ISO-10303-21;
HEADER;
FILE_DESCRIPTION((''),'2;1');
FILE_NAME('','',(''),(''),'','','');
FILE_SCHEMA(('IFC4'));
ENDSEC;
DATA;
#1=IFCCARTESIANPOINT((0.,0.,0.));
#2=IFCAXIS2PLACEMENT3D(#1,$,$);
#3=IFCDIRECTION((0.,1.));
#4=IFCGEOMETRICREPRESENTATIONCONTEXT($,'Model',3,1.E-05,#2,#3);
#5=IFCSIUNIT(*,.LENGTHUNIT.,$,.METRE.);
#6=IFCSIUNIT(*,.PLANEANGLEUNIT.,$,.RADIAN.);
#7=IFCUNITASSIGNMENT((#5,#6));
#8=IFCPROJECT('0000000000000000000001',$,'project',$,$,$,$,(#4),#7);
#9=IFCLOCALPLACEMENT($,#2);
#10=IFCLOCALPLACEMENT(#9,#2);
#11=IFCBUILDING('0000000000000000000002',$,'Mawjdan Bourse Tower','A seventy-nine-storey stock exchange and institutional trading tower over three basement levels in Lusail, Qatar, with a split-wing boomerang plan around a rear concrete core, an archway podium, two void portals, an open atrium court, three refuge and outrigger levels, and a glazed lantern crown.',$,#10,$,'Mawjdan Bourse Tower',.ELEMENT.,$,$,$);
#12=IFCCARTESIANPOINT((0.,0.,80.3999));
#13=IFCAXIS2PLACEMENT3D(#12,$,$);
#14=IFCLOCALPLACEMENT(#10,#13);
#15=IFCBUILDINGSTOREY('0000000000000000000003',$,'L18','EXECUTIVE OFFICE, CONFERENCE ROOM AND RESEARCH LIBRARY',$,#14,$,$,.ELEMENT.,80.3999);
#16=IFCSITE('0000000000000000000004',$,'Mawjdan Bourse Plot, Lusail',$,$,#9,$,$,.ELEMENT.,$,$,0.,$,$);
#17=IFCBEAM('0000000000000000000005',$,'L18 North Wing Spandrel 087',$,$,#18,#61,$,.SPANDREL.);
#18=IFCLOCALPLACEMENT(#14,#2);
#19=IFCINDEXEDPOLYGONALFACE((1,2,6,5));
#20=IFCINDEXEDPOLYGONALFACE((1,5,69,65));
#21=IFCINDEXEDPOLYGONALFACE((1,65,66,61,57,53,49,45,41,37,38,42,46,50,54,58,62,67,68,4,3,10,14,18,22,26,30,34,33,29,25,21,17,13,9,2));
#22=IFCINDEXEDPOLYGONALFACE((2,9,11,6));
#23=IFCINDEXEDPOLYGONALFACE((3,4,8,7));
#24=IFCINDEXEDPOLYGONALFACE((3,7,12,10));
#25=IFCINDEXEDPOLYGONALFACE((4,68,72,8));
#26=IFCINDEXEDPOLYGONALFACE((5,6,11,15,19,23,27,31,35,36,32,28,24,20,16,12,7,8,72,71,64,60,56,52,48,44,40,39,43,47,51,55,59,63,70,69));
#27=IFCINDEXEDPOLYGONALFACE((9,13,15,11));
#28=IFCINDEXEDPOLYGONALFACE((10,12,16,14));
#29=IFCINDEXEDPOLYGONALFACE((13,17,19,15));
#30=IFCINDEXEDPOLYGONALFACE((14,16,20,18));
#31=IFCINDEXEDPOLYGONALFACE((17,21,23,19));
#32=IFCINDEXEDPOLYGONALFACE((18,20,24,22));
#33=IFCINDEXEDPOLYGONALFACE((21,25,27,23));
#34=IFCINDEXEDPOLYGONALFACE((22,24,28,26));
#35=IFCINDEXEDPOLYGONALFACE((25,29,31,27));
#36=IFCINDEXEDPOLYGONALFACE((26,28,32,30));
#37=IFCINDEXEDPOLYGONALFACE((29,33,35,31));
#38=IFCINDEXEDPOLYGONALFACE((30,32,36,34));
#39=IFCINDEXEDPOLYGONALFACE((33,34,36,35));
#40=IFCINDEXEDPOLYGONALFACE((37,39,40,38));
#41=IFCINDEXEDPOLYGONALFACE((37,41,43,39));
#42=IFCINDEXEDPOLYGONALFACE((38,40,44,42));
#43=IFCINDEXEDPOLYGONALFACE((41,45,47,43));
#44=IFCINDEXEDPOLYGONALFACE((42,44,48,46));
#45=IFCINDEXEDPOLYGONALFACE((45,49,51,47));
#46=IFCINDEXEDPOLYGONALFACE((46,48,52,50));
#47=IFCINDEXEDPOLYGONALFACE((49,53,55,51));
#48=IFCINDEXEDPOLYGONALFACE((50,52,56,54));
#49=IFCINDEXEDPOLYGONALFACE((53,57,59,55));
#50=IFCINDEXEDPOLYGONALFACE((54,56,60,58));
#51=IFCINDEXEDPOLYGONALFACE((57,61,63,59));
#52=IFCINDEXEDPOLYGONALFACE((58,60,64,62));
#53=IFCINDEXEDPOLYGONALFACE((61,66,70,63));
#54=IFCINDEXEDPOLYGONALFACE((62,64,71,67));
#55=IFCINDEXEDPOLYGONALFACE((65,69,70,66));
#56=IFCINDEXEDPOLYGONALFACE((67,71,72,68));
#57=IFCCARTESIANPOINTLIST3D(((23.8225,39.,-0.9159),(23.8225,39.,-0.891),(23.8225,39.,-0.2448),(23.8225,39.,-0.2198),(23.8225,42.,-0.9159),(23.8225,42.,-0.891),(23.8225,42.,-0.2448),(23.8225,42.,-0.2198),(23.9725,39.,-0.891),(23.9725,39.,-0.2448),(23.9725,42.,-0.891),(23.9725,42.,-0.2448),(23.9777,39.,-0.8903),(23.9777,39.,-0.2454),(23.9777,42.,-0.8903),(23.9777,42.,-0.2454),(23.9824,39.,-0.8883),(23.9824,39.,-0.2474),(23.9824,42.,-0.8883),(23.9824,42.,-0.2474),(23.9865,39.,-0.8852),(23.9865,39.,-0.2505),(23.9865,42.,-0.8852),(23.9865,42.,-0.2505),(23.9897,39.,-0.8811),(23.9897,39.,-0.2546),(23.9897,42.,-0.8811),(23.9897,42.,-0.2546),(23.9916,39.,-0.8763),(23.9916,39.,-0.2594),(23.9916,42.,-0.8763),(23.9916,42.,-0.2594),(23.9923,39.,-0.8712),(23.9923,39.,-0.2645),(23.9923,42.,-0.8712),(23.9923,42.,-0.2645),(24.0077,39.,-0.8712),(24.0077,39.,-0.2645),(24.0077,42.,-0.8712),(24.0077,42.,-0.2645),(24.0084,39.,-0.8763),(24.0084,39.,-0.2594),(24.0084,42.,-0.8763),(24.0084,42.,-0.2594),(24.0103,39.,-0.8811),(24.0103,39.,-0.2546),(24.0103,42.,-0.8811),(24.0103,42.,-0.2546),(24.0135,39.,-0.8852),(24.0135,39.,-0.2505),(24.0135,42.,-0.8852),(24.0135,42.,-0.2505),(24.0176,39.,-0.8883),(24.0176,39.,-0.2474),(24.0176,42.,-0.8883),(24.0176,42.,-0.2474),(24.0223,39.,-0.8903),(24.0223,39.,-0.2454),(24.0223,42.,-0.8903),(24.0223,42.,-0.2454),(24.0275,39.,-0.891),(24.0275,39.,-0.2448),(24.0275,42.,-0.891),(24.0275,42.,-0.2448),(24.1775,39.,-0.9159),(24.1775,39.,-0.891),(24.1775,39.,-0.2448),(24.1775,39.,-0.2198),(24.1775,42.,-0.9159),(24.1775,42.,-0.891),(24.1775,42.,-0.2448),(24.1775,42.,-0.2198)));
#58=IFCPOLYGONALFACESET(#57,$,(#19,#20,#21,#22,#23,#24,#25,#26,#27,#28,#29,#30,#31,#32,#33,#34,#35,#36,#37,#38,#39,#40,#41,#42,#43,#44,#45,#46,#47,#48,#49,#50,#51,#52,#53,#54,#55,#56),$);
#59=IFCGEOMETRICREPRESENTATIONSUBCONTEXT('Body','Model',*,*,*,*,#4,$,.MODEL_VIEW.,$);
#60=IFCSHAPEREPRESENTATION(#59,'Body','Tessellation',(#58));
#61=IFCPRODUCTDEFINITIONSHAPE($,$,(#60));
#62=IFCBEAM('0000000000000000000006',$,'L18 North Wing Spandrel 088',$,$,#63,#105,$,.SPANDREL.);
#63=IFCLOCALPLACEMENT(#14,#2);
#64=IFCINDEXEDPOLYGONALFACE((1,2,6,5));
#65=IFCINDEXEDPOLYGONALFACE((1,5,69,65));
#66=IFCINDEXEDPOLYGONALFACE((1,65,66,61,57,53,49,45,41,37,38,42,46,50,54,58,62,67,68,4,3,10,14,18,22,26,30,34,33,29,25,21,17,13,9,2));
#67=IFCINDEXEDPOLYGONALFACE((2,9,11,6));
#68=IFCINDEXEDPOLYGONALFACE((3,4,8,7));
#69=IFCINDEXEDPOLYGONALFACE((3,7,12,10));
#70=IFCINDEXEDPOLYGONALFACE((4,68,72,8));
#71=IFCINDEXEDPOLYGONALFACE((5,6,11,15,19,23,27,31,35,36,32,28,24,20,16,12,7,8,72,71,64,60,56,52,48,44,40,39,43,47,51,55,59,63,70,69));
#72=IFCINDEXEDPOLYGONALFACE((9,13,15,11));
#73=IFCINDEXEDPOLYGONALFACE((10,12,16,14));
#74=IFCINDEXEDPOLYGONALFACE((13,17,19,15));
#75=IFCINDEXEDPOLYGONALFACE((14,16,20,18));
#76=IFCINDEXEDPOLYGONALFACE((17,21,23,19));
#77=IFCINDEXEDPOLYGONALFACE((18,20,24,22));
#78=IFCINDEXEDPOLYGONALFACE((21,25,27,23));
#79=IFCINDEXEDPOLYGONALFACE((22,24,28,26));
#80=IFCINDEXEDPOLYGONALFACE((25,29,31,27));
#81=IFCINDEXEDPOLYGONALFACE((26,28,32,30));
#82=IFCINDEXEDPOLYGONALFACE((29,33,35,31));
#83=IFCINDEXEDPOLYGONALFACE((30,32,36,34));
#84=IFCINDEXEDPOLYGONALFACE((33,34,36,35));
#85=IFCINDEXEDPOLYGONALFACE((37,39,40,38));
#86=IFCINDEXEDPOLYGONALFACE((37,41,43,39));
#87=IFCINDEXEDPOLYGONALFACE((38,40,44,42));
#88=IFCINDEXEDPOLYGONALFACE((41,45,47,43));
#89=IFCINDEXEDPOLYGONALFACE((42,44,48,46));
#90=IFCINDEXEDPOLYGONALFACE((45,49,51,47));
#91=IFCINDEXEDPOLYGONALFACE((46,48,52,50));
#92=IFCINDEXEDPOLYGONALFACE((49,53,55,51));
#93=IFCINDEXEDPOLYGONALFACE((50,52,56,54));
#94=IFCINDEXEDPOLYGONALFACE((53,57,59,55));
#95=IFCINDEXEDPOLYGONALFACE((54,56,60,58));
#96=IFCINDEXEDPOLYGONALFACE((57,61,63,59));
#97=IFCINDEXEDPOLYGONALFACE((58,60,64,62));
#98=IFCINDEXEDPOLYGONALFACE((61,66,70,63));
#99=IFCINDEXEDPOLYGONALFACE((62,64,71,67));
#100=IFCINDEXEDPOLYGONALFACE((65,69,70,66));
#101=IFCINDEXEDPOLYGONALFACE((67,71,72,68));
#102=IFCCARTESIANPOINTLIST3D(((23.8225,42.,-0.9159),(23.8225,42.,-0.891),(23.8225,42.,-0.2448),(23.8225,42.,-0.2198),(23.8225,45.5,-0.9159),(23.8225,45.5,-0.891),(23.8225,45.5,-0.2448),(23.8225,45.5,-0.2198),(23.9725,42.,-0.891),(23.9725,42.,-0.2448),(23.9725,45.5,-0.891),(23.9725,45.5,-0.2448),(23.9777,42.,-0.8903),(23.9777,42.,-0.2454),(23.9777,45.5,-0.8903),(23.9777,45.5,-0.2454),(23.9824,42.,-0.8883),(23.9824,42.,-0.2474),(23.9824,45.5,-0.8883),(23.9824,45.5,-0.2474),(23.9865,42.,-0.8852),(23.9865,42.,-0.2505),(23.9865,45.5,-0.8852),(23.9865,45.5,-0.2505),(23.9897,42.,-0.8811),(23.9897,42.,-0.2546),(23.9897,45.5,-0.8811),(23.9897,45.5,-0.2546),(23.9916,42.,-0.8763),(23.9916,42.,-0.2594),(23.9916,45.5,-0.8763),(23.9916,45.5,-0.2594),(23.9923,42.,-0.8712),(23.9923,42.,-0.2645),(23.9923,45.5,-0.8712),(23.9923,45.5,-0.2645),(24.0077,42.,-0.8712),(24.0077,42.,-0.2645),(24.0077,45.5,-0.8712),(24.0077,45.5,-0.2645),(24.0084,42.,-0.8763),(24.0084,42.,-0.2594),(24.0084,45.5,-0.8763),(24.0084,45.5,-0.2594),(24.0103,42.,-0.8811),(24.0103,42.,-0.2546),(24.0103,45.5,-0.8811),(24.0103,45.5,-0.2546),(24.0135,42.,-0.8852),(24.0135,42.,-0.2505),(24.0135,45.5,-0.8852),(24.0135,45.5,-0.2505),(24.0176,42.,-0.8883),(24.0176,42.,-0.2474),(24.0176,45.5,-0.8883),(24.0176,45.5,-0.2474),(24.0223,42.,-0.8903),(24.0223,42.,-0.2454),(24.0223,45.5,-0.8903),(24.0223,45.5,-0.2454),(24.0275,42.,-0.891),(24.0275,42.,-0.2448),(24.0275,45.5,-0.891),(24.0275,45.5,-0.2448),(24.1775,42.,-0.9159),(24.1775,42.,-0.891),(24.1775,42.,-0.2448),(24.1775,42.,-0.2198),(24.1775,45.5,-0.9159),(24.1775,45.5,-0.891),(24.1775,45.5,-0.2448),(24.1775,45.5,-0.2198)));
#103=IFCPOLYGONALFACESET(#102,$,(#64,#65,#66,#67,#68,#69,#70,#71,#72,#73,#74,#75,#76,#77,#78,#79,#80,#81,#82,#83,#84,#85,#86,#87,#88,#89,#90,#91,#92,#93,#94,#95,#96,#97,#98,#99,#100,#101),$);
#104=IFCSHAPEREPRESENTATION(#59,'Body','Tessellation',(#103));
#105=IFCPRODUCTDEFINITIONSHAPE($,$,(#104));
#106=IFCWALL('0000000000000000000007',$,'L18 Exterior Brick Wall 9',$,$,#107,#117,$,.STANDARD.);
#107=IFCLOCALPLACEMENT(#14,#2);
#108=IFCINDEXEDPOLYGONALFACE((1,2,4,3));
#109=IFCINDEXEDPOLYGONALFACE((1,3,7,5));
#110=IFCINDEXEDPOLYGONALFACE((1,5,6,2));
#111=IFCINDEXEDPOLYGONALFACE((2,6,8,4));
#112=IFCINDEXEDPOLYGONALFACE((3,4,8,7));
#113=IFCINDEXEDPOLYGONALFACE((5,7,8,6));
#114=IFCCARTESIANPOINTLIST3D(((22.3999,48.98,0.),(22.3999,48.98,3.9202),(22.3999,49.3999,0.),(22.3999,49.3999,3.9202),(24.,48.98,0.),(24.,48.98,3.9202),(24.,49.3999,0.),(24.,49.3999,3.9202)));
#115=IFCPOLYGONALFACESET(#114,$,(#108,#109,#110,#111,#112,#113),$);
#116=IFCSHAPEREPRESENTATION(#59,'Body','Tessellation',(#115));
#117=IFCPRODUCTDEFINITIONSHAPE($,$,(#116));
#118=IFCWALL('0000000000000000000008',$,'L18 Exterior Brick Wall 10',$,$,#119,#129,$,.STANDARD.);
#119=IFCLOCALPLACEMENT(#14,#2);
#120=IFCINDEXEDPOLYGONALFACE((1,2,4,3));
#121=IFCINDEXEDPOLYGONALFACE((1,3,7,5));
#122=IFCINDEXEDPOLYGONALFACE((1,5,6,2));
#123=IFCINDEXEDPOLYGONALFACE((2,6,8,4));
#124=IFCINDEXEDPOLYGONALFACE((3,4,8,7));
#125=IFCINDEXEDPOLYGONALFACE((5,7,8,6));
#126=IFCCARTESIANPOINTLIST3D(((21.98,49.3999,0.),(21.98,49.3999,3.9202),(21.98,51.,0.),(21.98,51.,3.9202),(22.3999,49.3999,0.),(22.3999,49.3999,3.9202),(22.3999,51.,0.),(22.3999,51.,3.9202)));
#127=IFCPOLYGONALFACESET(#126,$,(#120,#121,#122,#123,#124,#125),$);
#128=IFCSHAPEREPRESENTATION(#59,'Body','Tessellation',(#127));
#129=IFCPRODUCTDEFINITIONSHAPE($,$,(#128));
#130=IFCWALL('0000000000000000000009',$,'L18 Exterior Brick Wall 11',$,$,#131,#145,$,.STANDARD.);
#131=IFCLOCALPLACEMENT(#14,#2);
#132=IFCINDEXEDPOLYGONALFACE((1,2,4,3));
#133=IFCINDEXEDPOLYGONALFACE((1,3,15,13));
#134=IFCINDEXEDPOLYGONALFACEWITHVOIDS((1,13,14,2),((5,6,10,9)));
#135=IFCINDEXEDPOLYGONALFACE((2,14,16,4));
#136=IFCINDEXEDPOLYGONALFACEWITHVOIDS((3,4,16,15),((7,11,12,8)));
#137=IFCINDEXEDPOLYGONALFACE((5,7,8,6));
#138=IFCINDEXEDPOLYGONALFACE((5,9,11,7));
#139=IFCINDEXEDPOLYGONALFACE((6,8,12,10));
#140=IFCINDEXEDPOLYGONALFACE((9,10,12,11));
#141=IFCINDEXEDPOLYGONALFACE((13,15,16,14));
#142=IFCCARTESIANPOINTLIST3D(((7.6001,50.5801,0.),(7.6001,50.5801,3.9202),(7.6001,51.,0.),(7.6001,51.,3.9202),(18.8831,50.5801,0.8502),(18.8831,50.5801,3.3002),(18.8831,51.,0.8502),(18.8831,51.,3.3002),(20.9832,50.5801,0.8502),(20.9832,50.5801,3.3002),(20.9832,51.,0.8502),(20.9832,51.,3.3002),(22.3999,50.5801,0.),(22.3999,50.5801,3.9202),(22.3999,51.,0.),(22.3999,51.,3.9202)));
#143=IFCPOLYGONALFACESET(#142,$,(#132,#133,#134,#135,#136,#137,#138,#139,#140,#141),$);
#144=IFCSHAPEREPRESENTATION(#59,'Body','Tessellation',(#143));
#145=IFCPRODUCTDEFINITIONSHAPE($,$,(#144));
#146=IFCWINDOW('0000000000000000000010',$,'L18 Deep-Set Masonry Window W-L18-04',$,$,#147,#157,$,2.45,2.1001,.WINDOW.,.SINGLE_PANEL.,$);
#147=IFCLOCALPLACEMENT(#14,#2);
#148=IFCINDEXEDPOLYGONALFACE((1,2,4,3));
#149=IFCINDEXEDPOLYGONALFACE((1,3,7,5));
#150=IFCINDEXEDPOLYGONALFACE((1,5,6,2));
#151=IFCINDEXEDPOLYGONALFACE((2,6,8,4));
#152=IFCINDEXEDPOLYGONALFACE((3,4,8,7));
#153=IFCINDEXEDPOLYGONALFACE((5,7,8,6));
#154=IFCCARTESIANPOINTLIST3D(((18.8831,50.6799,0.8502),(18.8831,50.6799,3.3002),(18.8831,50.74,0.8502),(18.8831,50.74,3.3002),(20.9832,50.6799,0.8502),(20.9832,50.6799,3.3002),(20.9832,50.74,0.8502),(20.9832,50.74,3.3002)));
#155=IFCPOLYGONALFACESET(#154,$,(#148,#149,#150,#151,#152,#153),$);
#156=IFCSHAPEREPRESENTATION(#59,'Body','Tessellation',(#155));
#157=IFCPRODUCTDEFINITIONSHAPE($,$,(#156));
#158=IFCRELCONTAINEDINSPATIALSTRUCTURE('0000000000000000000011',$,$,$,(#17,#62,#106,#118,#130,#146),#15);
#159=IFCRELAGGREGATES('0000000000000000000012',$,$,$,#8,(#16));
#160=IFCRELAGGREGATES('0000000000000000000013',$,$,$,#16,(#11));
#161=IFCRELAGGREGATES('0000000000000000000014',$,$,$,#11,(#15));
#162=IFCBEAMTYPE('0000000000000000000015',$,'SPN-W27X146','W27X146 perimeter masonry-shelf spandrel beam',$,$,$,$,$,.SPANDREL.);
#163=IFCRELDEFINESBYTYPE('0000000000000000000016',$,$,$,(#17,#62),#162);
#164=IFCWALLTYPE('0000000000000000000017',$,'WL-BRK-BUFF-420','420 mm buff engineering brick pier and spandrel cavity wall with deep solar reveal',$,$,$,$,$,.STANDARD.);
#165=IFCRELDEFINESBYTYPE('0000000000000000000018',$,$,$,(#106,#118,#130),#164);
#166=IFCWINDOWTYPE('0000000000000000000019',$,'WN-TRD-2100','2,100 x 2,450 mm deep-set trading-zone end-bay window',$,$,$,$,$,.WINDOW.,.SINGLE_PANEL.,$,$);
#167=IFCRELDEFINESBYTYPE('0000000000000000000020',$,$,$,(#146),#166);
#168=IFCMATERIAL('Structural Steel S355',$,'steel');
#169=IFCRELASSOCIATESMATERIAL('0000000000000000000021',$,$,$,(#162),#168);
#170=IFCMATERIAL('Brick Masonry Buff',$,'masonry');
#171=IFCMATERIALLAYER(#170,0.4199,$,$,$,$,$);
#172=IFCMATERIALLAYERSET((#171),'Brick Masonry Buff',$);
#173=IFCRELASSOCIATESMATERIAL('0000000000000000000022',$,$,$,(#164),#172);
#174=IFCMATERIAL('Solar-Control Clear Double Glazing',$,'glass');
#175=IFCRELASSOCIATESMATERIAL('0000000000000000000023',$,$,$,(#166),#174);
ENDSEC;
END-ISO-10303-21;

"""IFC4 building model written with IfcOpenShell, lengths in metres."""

from ifc_helpers import new_model, si_unit, direction, frame, frame_2d, origin, origin_2d, place, context, subcontext, project, spatial, rectangle, i_section, extrude, material, layer, layer_set, material_profile, profile_set, type_object, element, fill, save


model = new_model("IFC4")

# Units and contexts
model_context = context("Model", 3, precision=1e-05, world=origin(), true_north=direction((0.0, 1.0)))
body_context = subcontext(model_context, "Body", "Model", "MODEL_VIEW")
ifc_project = project(units=[si_unit("LENGTHUNIT", "METRE"), si_unit("PLANEANGLEUNIT", "RADIAN")], contexts=[model_context])

# Site, building, storey
site_placement = place(None, origin())
site = spatial("IfcSite", under=ifc_project, at=site_placement, Name="Mawjdan Bourse Plot, Lusail", CompositionType="ELEMENT", RefElevation=0.0)
building_placement = place(site_placement, origin())
building = spatial("IfcBuilding", under=site, at=building_placement, Name="Mawjdan Bourse Tower", Description="A seventy-nine-storey stock exchange and institutional trading tower over three basement levels in Lusail, Qatar, with a split-wing boomerang plan around a rear concrete core, an archway podium, two void portals, an open atrium court, three refuge and outrigger levels, and a glazed lantern crown.", LongName="Mawjdan Bourse Tower", CompositionType="ELEMENT")
storey_placement = place(building_placement, frame((0.0, 0.0, 80.3999)))
storey = spatial("IfcBuildingStorey", under=building, at=storey_placement, Name="L18", Description="EXECUTIVE OFFICE, CONFERENCE ROOM AND RESEARCH LIBRARY", CompositionType="ELEMENT", Elevation=80.3999)

# Beams
ifc_material_1 = material(Name="Structural Steel S355", Category="steel")
ifc_material_profile_1 = material_profile(ifc_material_1, i_section(OverallWidth=0.355, OverallDepth=0.696, WebThickness=0.0154, FlangeThickness=0.0249, FilletRadius=0.0198, at=origin_2d()), Name="W27X146")
ifc_profile_set_1 = profile_set([ifc_material_profile_1], Name="Structural Steel S355")
beam_type_1 = type_object("IfcBeamType", Name="SPN-W27X146", Description="W27X146 perimeter masonry-shelf spandrel beam", PredefinedType="SPANDREL", material=ifc_profile_set_1)
for number, where, z_axis, x_axis, name in (
    (1, (24.0, 39.0, -0.5679), (0.0, 1.0, 0.0), (-1.0, 0.0, 0.0), "L18 North Wing Spandrel 087"),
):
    element("IfcBeam", number, at=place(storey_placement, frame(where, z_axis=z_axis, x_axis=x_axis)), inside=storey, type_object=beam_type_1, Name=name, PredefinedType="SPANDREL", context=body_context, shape_type="SweptSolid", body=[
        extrude(i_section(OverallWidth=0.355, OverallDepth=0.696, WebThickness=0.0154, FlangeThickness=0.0249, FilletRadius=0.0198, at=origin_2d()), origin(), (0.0, 0.0, 1.0), 3.0),
    ])
beam_1_placement = place(storey_placement, frame((24.0, 42.0, -0.5679), z_axis=(0.0, 1.0, 0.0), x_axis=(-1.0, 0.0, 0.0)))
element("IfcBeam", 2, at=beam_1_placement, inside=storey, type_object=beam_type_1, Name="L18 North Wing Spandrel 088", PredefinedType="SPANDREL", context=body_context, shape_type="SweptSolid", body=[
    extrude(i_section(OverallWidth=0.355, OverallDepth=0.696, WebThickness=0.0154, FlangeThickness=0.0249, FilletRadius=0.0198, at=origin_2d()), origin(), (0.0, 0.0, 1.0), 3.5),
])

# Walls
ifc_material_2 = material(Name="Brick Masonry Buff", Category="masonry")
ifc_layer = layer(ifc_material_2, 0.4199)
ifc_layer_set = layer_set([ifc_layer], Name="Brick Masonry Buff")
wall_type = type_object("IfcWallType", Name="WL-BRK-BUFF-420", Description="420 mm buff engineering brick pier and spandrel cavity wall with deep solar reveal", PredefinedType="STANDARD", material=ifc_layer_set)
for number, where, z_axis, x_axis, name in (
    (3, (24.0, 49.1899, 0.0), (0.0, 0.0, 1.0), (-1.0, 0.0, 0.0), "L18 Exterior Brick Wall 9"),
    (4, (22.1899, 49.3999, 0.0), (0.0, 0.0, 1.0), (0.0, 1.0, 0.0), "L18 Exterior Brick Wall 10"),
):
    element("IfcWall", number, at=place(storey_placement, frame(where, z_axis=z_axis, x_axis=x_axis)), inside=storey, type_object=wall_type, Name=name, PredefinedType="STANDARD", context=body_context, shape_type="SweptSolid", body=[
        extrude(rectangle(XDim=1.6001, YDim=0.4199, at=frame_2d((0.8, 0.0))), origin(), (0.0, 0.0, 1.0), 3.9202),
    ])

# Wall, opening, window
wall_placement = place(storey_placement, frame((22.3999, 50.79, 0.0), z_axis=(0.0, 0.0, 1.0), x_axis=(-1.0, 0.0, 0.0)))
wall = element("IfcWall", 5, at=wall_placement, inside=storey, type_object=wall_type, Name="L18 Exterior Brick Wall 11", PredefinedType="STANDARD", context=body_context, shape_type="SweptSolid", body=[
    extrude(rectangle(XDim=14.7998, YDim=0.4199, at=frame_2d((7.3999, 0.0))), origin(), (0.0, 0.0, 1.0), 3.9202),
])
opening_placement = place(wall_placement, frame((1.4167, 0.0, 0.8501)))
opening = element("IfcOpeningElement", 6, at=opening_placement, cuts=wall, PredefinedType="OPENING", context=body_context, shape_type="SweptSolid", body=[
    extrude(rectangle(XDim=2.1001, YDim=2.45, at=frame_2d((1.05, 1.2251))), frame((0.0, 0.22, 0.0), z_axis=(0.0, -1.0, 0.0), x_axis=(1.0, 0.0, 0.0)), (0.0, 0.0, 1.0), 0.4399),
])
ifc_material_3 = material(Name="Solar-Control Clear Double Glazing", Category="glass")
window_type = type_object("IfcWindowType", Name="WN-TRD-2100", Description="2,100 x 2,450 mm deep-set trading-zone end-bay window", PartitioningType="SINGLE_PANEL", PredefinedType="WINDOW", material=ifc_material_3)
window_placement = place(opening_placement, origin())
window = element("IfcWindow", 7, at=window_placement, inside=storey, type_object=window_type, Name="L18 Deep-Set Masonry Window W-L18-04", OverallHeight=2.45, OverallWidth=2.1001, PartitioningType="SINGLE_PANEL", PredefinedType="WINDOW", context=body_context, shape_type="SweptSolid", body=[
    extrude(rectangle(XDim=2.1001, YDim=2.45, at=frame_2d((1.05, 1.2251))), frame((0.0, 0.1101, 0.0), z_axis=(0.0, -1.0, 0.0), x_axis=(1.0, 0.0, 0.0)), (0.0, 0.0, 1.0), 0.0601),
])
fill(opening, window)

save(model, "model.ifc")
